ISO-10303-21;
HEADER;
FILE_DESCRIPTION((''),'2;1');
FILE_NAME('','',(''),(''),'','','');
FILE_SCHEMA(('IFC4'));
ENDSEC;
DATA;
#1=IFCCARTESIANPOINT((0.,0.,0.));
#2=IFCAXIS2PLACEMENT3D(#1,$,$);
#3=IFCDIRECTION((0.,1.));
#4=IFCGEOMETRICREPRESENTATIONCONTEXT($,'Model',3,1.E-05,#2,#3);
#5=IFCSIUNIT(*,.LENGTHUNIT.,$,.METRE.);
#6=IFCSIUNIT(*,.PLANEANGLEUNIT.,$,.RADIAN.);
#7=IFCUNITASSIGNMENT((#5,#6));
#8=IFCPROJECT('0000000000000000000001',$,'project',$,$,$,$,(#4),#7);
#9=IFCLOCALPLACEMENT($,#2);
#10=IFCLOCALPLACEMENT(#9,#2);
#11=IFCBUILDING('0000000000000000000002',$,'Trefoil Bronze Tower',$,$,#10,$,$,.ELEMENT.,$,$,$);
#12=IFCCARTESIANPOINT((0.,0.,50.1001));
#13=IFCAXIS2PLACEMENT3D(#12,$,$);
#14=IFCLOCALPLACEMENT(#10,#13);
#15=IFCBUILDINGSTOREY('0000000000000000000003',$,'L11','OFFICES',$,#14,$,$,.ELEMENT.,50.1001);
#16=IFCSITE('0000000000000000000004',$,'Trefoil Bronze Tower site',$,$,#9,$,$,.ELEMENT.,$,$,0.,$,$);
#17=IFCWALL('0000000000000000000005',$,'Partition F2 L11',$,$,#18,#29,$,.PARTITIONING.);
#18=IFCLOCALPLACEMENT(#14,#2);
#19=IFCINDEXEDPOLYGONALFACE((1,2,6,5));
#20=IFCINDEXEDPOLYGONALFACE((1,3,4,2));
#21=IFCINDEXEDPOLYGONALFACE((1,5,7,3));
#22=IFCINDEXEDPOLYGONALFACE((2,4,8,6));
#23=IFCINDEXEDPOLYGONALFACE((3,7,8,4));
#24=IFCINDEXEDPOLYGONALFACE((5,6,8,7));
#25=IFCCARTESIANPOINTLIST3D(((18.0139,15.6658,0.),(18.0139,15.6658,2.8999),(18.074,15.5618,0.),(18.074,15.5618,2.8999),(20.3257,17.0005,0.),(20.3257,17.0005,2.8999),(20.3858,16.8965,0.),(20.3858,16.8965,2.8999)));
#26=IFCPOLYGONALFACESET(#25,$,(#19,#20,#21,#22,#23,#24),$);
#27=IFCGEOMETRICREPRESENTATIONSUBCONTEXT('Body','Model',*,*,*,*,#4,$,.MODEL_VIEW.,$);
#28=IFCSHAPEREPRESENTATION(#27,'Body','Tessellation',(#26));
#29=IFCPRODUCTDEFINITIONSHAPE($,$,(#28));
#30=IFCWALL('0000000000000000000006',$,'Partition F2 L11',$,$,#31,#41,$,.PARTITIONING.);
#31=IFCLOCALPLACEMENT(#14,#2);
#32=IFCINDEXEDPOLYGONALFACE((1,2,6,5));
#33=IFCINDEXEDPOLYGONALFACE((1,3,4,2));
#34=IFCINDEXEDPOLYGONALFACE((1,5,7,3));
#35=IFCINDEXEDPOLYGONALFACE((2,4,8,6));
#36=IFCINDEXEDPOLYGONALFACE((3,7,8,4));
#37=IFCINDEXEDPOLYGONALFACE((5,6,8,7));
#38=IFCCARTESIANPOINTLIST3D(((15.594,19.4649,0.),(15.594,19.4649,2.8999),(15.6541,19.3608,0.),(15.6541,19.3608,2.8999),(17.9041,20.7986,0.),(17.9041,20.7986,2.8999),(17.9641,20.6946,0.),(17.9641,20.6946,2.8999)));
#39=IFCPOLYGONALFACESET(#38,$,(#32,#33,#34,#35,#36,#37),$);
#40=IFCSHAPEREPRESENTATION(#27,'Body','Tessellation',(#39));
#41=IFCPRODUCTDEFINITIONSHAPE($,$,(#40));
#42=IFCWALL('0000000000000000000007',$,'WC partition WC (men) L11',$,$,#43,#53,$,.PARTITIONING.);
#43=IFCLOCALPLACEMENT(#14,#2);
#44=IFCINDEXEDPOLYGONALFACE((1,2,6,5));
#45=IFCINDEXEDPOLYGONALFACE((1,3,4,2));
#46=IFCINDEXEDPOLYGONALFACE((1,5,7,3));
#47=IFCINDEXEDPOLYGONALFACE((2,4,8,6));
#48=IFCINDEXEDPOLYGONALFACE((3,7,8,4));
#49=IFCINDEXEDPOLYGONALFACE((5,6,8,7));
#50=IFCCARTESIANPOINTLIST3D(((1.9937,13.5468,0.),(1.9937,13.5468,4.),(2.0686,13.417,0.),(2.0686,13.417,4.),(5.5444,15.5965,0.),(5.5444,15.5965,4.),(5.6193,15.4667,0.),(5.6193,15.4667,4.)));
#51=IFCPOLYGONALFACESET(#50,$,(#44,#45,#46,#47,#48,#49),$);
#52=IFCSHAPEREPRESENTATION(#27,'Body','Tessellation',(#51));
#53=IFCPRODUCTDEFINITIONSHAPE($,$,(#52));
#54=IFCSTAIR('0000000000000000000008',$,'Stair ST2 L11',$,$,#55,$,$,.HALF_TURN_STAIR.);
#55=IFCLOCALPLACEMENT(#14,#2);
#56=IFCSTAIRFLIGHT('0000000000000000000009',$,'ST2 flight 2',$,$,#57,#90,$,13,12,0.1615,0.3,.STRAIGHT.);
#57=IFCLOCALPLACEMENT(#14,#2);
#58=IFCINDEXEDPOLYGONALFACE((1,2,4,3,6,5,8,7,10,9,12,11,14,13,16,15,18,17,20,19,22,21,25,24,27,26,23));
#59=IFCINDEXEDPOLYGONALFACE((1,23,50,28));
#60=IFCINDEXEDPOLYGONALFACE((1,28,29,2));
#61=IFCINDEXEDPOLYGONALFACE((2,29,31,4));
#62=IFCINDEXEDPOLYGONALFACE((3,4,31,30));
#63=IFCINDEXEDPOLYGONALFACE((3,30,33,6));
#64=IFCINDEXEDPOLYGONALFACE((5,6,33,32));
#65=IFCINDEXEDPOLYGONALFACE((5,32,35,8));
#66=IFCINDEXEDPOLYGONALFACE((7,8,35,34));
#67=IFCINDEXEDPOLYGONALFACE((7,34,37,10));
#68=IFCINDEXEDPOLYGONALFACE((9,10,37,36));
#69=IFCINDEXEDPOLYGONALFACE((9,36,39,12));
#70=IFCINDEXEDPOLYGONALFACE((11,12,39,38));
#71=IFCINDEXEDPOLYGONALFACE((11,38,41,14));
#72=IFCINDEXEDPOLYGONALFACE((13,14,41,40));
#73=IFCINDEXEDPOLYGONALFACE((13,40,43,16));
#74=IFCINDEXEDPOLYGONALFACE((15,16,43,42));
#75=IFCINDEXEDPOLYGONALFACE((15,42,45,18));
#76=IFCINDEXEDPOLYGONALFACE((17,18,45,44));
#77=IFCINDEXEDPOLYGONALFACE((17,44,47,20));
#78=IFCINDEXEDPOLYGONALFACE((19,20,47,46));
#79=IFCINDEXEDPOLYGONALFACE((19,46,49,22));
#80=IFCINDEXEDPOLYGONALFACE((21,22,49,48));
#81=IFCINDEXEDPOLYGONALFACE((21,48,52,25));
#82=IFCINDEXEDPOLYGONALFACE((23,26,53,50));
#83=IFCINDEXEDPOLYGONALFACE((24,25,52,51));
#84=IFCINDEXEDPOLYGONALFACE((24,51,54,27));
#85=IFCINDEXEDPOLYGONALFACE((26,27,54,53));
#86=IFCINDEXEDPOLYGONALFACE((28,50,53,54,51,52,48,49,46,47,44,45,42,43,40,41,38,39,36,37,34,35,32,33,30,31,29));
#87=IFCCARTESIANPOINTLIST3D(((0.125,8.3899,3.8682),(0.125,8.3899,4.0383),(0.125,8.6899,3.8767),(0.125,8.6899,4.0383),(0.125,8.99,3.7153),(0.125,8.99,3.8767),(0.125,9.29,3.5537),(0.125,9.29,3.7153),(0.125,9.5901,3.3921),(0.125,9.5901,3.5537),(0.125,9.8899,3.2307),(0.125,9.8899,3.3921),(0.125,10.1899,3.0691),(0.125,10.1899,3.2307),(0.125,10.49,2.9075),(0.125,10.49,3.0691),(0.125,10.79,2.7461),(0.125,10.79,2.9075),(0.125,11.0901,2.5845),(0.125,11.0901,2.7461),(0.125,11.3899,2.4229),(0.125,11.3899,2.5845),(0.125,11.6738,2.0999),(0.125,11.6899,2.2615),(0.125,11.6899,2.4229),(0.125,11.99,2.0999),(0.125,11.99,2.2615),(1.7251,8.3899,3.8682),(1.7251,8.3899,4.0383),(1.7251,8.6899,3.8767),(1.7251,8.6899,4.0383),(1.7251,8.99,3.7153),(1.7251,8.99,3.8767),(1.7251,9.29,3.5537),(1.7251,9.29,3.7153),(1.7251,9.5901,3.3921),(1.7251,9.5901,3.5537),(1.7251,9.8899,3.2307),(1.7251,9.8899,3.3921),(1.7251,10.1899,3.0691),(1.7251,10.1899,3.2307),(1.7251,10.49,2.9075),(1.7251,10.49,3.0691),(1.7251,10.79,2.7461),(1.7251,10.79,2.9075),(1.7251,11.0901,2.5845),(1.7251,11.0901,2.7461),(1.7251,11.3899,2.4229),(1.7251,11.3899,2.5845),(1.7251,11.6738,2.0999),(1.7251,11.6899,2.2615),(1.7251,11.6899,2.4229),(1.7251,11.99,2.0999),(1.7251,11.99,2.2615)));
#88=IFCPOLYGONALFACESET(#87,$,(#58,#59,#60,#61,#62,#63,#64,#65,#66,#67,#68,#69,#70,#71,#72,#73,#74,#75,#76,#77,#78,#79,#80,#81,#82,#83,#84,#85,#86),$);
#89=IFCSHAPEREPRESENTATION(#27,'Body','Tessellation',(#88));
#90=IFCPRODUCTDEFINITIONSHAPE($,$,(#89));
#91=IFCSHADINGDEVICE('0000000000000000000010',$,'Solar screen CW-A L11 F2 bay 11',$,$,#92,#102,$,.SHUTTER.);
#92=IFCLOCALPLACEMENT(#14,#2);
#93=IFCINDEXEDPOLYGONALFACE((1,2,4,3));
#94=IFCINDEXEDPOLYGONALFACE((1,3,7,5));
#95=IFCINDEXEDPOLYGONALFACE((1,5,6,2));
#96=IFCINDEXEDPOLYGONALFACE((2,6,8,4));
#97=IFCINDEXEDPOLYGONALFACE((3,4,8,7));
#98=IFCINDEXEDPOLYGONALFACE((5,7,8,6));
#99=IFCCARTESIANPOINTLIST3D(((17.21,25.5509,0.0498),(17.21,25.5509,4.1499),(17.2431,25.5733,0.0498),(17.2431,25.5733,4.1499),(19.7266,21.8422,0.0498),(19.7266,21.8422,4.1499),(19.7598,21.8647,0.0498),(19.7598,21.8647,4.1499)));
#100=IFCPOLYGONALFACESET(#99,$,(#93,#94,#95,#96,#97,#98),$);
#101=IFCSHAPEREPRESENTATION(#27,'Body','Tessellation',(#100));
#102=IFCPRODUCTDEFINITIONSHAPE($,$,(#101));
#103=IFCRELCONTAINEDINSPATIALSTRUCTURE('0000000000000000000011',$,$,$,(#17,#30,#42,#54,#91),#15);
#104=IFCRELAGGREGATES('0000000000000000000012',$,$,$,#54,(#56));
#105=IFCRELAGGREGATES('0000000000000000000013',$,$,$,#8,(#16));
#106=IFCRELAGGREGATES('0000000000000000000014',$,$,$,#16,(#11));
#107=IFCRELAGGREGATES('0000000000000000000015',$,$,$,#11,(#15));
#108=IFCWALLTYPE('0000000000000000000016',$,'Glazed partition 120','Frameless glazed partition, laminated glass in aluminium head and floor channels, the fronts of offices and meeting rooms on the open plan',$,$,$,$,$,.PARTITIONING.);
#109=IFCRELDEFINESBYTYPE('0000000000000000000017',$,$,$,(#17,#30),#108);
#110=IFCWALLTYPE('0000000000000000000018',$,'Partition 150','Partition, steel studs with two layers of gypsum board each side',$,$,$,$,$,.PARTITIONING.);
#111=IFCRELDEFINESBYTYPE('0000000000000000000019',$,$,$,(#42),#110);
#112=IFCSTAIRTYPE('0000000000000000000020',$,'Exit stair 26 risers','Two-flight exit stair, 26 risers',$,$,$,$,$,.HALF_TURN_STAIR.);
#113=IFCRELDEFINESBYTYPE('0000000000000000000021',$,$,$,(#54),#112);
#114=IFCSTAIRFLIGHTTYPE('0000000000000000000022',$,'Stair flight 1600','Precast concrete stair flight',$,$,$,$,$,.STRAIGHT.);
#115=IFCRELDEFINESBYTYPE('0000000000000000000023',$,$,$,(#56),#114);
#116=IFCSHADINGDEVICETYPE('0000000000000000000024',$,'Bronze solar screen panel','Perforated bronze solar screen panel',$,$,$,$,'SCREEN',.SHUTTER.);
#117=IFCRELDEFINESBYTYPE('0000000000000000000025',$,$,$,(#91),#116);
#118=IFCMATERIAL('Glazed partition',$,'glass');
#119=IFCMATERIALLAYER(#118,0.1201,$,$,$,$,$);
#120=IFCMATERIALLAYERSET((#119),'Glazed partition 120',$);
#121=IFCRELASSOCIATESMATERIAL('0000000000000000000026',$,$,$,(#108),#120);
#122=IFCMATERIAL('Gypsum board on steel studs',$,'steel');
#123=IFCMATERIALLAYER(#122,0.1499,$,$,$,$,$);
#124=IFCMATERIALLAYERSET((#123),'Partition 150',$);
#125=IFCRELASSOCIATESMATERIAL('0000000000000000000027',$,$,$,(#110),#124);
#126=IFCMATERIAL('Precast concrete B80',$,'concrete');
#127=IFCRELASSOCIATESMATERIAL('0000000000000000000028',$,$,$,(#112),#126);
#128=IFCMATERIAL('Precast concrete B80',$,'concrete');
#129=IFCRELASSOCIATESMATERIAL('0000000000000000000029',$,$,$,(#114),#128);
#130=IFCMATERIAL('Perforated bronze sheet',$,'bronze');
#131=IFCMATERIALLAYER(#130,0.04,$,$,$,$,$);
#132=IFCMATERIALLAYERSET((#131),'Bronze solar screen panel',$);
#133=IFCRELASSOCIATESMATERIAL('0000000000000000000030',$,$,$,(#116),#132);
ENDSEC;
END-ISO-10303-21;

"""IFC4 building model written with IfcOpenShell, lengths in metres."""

from ifc_helpers import new_model, si_unit, direction, frame, frame_2d, origin, origin_2d, place, context, subcontext, project, spatial, polyline, rectangle, outline, extrude, material, layer, layer_set, type_object, element, aggregate, save


model = new_model("IFC4")

# Units and contexts
model_context = context("Model", 3, precision=1e-05, world=origin(), true_north=direction((0.0, 1.0)))
body_context = subcontext(model_context, "Body", "Model", "MODEL_VIEW")
ifc_project = project(units=[si_unit("LENGTHUNIT", "METRE"), si_unit("PLANEANGLEUNIT", "RADIAN")], contexts=[model_context])

# Site, building, storey
site_placement = place(None, origin())
site = spatial("IfcSite", under=ifc_project, at=site_placement, Name="Trefoil Bronze Tower site", CompositionType="ELEMENT", RefElevation=0.0)
building_placement = place(site_placement, origin())
building = spatial("IfcBuilding", under=site, at=building_placement, Name="Trefoil Bronze Tower", CompositionType="ELEMENT")
storey_placement = place(building_placement, frame((0.0, 0.0, 50.1001)))
storey = spatial("IfcBuildingStorey", under=building, at=storey_placement, Name="L11", Description="OFFICES", CompositionType="ELEMENT", Elevation=50.1001)

# Shared definitions
ifc_material_1 = material(Name="Glazed partition", Category="glass")
ifc_layer_1 = layer(ifc_material_1, 0.1201)
ifc_layer_set_1 = layer_set([ifc_layer_1], Name="Glazed partition 120")
wall_type_1 = type_object("IfcWallType", Name="Glazed partition 120", Description="Frameless glazed partition, laminated glass in aluminium head and floor channels, the fronts of offices and meeting rooms on the open plan", PredefinedType="PARTITIONING", material=ifc_layer_set_1)

# Walls
wall_1_placement = place(storey_placement, frame((18.0439, 15.6138, 0.0), z_axis=(0.0, 0.0, 1.0), x_axis=(0.866023, 0.500005, 0.0)))
element("IfcWall", 1, at=wall_1_placement, inside=storey, type_object=wall_type_1, Name="Partition F2 L11", PredefinedType="PARTITIONING", context=body_context, shape_type="SweptSolid", body=[
    extrude(rectangle(XDim=2.6694, YDim=0.1201, at=frame_2d((1.3347, 0.0))), origin(), (0.0, 0.0, 1.0), 2.8999),
])
wall_2_placement = place(storey_placement, frame((15.624, 19.4128, 0.0), z_axis=(0.0, 0.0, 1.0), x_axis=(0.866021, 0.500008, 0.0)))
element("IfcWall", 2, at=wall_2_placement, inside=storey, type_object=wall_type_1, Name="Partition F2 L11", PredefinedType="PARTITIONING", context=body_context, shape_type="SweptSolid", body=[
    extrude(rectangle(XDim=2.6675, YDim=0.1201, at=frame_2d((1.3337, 0.0))), origin(), (0.0, 0.0, 1.0), 2.8999),
])
ifc_material_2 = material(Name="Gypsum board on steel studs", Category="steel")
ifc_layer_2 = layer(ifc_material_2, 0.1499)
ifc_layer_set_2 = layer_set([ifc_layer_2], Name="Partition 150")
wall_type_2 = type_object("IfcWallType", Name="Partition 150", Description="Partition, steel studs with two layers of gypsum board each side", PredefinedType="PARTITIONING", material=ifc_layer_set_2)
wall_3_placement = place(storey_placement, frame((2.0312, 13.4819, 0.0), z_axis=(0.0, 0.0, 1.0), x_axis=(0.866051, 0.499956, 0.0)))
element("IfcWall", 3, at=wall_3_placement, inside=storey, type_object=wall_type_2, Name="WC partition WC (men) L11", PredefinedType="PARTITIONING", context=body_context, shape_type="SweptSolid", body=[
    extrude(rectangle(XDim=4.0999, YDim=0.1499, at=frame_2d((2.0498, 0.0))), origin(), (0.0, 0.0, 1.0), 4.0),
])

# Stair, stair flight
ifc_material_3 = material(Name="Precast concrete B80", Category="concrete")
stair_type = type_object("IfcStairType", Name="Exit stair 26 risers", Description="Two-flight exit stair, 26 risers", PredefinedType="HALF_TURN_STAIR", material=ifc_material_3)
stair_placement = place(storey_placement, origin())
stair = element("IfcStair", 4, at=stair_placement, inside=storey, type_object=stair_type, Name="Stair ST2 L11", PredefinedType="HALF_TURN_STAIR")
ifc_material_4 = material(Name="Precast concrete B80", Category="concrete")
stair_flight_type = type_object("IfcStairFlightType", Name="Stair flight 1600", Description="Precast concrete stair flight", PredefinedType="STRAIGHT", material=ifc_material_4)
stair_flight_placement = place(storey_placement, frame((0.925, 11.99, 2.0999), z_axis=(0.0, 0.0, 1.0), x_axis=(0.0, -1.0, 0.0)))
stair_flight = element("IfcStairFlight", 5, at=stair_flight_placement, type_object=stair_flight_type, Name="ST2 flight 2", NumberOfRisers=13, NumberOfTreads=12, PredefinedType="STRAIGHT", RiserHeight=0.1615, TreadLength=0.3, context=body_context, shape_type="SweptSolid", body=[
    extrude(outline(polyline([(0.0, 0.0), (0.0, 0.1616), (0.3, 0.1616), (0.3, 0.323), (0.6001, 0.323), (0.6001, 0.4846), (0.8999, 0.4846), (0.8999, 0.6462), (1.2, 0.6462), (1.2, 0.8076), (1.5, 0.8076), (1.5, 0.9692), (1.8, 0.9692), (1.8, 1.1309), (2.1001, 1.1309), (2.1001, 1.2922), (2.3999, 1.2922), (2.3999, 1.4539), (2.7, 1.4539), (2.7, 1.6155), (3.0, 1.6155), (3.0, 1.7769), (3.3, 1.7769), (3.3, 1.9385), (3.6001, 1.9385), (3.6001, 2.1001), (3.6001, 1.7683), (0.3162, 0.0), (0.0, 0.0)])), frame((0.0, 0.8, 0.0), z_axis=(0.0, -1.0, 0.0), x_axis=(1.0, 0.0, 0.0)), (0.0, 0.0, 1.0), 1.6001),
])
aggregate(stair, [stair_flight])

# Shading device
ifc_material_5 = material(Name="Perforated bronze sheet", Category="bronze")
ifc_layer_3 = layer(ifc_material_5, 0.04)
ifc_layer_set_3 = layer_set([ifc_layer_3], Name="Bronze solar screen panel")
shading_device_type = type_object("IfcShadingDeviceType", Name="Bronze solar screen panel", Description="Perforated bronze solar screen panel", ElementType="SCREEN", PredefinedType="SHUTTER", material=ifc_layer_set_3)
shading_device_placement = place(storey_placement, frame((18.4849, 23.7078, 0.0498), z_axis=(0.0, 0.0, 1.0), x_axis=(-0.56151, 0.82747, 0.0)))
element("IfcShadingDevice", 6, at=shading_device_placement, inside=storey, type_object=shading_device_type, Name="Solar screen CW-A L11 F2 bay 11", PredefinedType="SHUTTER", context=body_context, shape_type="SweptSolid", body=[
    extrude(rectangle(XDim=4.4819, YDim=0.04, at=origin_2d()), origin(), (0.0, 0.0, 1.0), 4.1001),
])

save(model, "model.ifc")
